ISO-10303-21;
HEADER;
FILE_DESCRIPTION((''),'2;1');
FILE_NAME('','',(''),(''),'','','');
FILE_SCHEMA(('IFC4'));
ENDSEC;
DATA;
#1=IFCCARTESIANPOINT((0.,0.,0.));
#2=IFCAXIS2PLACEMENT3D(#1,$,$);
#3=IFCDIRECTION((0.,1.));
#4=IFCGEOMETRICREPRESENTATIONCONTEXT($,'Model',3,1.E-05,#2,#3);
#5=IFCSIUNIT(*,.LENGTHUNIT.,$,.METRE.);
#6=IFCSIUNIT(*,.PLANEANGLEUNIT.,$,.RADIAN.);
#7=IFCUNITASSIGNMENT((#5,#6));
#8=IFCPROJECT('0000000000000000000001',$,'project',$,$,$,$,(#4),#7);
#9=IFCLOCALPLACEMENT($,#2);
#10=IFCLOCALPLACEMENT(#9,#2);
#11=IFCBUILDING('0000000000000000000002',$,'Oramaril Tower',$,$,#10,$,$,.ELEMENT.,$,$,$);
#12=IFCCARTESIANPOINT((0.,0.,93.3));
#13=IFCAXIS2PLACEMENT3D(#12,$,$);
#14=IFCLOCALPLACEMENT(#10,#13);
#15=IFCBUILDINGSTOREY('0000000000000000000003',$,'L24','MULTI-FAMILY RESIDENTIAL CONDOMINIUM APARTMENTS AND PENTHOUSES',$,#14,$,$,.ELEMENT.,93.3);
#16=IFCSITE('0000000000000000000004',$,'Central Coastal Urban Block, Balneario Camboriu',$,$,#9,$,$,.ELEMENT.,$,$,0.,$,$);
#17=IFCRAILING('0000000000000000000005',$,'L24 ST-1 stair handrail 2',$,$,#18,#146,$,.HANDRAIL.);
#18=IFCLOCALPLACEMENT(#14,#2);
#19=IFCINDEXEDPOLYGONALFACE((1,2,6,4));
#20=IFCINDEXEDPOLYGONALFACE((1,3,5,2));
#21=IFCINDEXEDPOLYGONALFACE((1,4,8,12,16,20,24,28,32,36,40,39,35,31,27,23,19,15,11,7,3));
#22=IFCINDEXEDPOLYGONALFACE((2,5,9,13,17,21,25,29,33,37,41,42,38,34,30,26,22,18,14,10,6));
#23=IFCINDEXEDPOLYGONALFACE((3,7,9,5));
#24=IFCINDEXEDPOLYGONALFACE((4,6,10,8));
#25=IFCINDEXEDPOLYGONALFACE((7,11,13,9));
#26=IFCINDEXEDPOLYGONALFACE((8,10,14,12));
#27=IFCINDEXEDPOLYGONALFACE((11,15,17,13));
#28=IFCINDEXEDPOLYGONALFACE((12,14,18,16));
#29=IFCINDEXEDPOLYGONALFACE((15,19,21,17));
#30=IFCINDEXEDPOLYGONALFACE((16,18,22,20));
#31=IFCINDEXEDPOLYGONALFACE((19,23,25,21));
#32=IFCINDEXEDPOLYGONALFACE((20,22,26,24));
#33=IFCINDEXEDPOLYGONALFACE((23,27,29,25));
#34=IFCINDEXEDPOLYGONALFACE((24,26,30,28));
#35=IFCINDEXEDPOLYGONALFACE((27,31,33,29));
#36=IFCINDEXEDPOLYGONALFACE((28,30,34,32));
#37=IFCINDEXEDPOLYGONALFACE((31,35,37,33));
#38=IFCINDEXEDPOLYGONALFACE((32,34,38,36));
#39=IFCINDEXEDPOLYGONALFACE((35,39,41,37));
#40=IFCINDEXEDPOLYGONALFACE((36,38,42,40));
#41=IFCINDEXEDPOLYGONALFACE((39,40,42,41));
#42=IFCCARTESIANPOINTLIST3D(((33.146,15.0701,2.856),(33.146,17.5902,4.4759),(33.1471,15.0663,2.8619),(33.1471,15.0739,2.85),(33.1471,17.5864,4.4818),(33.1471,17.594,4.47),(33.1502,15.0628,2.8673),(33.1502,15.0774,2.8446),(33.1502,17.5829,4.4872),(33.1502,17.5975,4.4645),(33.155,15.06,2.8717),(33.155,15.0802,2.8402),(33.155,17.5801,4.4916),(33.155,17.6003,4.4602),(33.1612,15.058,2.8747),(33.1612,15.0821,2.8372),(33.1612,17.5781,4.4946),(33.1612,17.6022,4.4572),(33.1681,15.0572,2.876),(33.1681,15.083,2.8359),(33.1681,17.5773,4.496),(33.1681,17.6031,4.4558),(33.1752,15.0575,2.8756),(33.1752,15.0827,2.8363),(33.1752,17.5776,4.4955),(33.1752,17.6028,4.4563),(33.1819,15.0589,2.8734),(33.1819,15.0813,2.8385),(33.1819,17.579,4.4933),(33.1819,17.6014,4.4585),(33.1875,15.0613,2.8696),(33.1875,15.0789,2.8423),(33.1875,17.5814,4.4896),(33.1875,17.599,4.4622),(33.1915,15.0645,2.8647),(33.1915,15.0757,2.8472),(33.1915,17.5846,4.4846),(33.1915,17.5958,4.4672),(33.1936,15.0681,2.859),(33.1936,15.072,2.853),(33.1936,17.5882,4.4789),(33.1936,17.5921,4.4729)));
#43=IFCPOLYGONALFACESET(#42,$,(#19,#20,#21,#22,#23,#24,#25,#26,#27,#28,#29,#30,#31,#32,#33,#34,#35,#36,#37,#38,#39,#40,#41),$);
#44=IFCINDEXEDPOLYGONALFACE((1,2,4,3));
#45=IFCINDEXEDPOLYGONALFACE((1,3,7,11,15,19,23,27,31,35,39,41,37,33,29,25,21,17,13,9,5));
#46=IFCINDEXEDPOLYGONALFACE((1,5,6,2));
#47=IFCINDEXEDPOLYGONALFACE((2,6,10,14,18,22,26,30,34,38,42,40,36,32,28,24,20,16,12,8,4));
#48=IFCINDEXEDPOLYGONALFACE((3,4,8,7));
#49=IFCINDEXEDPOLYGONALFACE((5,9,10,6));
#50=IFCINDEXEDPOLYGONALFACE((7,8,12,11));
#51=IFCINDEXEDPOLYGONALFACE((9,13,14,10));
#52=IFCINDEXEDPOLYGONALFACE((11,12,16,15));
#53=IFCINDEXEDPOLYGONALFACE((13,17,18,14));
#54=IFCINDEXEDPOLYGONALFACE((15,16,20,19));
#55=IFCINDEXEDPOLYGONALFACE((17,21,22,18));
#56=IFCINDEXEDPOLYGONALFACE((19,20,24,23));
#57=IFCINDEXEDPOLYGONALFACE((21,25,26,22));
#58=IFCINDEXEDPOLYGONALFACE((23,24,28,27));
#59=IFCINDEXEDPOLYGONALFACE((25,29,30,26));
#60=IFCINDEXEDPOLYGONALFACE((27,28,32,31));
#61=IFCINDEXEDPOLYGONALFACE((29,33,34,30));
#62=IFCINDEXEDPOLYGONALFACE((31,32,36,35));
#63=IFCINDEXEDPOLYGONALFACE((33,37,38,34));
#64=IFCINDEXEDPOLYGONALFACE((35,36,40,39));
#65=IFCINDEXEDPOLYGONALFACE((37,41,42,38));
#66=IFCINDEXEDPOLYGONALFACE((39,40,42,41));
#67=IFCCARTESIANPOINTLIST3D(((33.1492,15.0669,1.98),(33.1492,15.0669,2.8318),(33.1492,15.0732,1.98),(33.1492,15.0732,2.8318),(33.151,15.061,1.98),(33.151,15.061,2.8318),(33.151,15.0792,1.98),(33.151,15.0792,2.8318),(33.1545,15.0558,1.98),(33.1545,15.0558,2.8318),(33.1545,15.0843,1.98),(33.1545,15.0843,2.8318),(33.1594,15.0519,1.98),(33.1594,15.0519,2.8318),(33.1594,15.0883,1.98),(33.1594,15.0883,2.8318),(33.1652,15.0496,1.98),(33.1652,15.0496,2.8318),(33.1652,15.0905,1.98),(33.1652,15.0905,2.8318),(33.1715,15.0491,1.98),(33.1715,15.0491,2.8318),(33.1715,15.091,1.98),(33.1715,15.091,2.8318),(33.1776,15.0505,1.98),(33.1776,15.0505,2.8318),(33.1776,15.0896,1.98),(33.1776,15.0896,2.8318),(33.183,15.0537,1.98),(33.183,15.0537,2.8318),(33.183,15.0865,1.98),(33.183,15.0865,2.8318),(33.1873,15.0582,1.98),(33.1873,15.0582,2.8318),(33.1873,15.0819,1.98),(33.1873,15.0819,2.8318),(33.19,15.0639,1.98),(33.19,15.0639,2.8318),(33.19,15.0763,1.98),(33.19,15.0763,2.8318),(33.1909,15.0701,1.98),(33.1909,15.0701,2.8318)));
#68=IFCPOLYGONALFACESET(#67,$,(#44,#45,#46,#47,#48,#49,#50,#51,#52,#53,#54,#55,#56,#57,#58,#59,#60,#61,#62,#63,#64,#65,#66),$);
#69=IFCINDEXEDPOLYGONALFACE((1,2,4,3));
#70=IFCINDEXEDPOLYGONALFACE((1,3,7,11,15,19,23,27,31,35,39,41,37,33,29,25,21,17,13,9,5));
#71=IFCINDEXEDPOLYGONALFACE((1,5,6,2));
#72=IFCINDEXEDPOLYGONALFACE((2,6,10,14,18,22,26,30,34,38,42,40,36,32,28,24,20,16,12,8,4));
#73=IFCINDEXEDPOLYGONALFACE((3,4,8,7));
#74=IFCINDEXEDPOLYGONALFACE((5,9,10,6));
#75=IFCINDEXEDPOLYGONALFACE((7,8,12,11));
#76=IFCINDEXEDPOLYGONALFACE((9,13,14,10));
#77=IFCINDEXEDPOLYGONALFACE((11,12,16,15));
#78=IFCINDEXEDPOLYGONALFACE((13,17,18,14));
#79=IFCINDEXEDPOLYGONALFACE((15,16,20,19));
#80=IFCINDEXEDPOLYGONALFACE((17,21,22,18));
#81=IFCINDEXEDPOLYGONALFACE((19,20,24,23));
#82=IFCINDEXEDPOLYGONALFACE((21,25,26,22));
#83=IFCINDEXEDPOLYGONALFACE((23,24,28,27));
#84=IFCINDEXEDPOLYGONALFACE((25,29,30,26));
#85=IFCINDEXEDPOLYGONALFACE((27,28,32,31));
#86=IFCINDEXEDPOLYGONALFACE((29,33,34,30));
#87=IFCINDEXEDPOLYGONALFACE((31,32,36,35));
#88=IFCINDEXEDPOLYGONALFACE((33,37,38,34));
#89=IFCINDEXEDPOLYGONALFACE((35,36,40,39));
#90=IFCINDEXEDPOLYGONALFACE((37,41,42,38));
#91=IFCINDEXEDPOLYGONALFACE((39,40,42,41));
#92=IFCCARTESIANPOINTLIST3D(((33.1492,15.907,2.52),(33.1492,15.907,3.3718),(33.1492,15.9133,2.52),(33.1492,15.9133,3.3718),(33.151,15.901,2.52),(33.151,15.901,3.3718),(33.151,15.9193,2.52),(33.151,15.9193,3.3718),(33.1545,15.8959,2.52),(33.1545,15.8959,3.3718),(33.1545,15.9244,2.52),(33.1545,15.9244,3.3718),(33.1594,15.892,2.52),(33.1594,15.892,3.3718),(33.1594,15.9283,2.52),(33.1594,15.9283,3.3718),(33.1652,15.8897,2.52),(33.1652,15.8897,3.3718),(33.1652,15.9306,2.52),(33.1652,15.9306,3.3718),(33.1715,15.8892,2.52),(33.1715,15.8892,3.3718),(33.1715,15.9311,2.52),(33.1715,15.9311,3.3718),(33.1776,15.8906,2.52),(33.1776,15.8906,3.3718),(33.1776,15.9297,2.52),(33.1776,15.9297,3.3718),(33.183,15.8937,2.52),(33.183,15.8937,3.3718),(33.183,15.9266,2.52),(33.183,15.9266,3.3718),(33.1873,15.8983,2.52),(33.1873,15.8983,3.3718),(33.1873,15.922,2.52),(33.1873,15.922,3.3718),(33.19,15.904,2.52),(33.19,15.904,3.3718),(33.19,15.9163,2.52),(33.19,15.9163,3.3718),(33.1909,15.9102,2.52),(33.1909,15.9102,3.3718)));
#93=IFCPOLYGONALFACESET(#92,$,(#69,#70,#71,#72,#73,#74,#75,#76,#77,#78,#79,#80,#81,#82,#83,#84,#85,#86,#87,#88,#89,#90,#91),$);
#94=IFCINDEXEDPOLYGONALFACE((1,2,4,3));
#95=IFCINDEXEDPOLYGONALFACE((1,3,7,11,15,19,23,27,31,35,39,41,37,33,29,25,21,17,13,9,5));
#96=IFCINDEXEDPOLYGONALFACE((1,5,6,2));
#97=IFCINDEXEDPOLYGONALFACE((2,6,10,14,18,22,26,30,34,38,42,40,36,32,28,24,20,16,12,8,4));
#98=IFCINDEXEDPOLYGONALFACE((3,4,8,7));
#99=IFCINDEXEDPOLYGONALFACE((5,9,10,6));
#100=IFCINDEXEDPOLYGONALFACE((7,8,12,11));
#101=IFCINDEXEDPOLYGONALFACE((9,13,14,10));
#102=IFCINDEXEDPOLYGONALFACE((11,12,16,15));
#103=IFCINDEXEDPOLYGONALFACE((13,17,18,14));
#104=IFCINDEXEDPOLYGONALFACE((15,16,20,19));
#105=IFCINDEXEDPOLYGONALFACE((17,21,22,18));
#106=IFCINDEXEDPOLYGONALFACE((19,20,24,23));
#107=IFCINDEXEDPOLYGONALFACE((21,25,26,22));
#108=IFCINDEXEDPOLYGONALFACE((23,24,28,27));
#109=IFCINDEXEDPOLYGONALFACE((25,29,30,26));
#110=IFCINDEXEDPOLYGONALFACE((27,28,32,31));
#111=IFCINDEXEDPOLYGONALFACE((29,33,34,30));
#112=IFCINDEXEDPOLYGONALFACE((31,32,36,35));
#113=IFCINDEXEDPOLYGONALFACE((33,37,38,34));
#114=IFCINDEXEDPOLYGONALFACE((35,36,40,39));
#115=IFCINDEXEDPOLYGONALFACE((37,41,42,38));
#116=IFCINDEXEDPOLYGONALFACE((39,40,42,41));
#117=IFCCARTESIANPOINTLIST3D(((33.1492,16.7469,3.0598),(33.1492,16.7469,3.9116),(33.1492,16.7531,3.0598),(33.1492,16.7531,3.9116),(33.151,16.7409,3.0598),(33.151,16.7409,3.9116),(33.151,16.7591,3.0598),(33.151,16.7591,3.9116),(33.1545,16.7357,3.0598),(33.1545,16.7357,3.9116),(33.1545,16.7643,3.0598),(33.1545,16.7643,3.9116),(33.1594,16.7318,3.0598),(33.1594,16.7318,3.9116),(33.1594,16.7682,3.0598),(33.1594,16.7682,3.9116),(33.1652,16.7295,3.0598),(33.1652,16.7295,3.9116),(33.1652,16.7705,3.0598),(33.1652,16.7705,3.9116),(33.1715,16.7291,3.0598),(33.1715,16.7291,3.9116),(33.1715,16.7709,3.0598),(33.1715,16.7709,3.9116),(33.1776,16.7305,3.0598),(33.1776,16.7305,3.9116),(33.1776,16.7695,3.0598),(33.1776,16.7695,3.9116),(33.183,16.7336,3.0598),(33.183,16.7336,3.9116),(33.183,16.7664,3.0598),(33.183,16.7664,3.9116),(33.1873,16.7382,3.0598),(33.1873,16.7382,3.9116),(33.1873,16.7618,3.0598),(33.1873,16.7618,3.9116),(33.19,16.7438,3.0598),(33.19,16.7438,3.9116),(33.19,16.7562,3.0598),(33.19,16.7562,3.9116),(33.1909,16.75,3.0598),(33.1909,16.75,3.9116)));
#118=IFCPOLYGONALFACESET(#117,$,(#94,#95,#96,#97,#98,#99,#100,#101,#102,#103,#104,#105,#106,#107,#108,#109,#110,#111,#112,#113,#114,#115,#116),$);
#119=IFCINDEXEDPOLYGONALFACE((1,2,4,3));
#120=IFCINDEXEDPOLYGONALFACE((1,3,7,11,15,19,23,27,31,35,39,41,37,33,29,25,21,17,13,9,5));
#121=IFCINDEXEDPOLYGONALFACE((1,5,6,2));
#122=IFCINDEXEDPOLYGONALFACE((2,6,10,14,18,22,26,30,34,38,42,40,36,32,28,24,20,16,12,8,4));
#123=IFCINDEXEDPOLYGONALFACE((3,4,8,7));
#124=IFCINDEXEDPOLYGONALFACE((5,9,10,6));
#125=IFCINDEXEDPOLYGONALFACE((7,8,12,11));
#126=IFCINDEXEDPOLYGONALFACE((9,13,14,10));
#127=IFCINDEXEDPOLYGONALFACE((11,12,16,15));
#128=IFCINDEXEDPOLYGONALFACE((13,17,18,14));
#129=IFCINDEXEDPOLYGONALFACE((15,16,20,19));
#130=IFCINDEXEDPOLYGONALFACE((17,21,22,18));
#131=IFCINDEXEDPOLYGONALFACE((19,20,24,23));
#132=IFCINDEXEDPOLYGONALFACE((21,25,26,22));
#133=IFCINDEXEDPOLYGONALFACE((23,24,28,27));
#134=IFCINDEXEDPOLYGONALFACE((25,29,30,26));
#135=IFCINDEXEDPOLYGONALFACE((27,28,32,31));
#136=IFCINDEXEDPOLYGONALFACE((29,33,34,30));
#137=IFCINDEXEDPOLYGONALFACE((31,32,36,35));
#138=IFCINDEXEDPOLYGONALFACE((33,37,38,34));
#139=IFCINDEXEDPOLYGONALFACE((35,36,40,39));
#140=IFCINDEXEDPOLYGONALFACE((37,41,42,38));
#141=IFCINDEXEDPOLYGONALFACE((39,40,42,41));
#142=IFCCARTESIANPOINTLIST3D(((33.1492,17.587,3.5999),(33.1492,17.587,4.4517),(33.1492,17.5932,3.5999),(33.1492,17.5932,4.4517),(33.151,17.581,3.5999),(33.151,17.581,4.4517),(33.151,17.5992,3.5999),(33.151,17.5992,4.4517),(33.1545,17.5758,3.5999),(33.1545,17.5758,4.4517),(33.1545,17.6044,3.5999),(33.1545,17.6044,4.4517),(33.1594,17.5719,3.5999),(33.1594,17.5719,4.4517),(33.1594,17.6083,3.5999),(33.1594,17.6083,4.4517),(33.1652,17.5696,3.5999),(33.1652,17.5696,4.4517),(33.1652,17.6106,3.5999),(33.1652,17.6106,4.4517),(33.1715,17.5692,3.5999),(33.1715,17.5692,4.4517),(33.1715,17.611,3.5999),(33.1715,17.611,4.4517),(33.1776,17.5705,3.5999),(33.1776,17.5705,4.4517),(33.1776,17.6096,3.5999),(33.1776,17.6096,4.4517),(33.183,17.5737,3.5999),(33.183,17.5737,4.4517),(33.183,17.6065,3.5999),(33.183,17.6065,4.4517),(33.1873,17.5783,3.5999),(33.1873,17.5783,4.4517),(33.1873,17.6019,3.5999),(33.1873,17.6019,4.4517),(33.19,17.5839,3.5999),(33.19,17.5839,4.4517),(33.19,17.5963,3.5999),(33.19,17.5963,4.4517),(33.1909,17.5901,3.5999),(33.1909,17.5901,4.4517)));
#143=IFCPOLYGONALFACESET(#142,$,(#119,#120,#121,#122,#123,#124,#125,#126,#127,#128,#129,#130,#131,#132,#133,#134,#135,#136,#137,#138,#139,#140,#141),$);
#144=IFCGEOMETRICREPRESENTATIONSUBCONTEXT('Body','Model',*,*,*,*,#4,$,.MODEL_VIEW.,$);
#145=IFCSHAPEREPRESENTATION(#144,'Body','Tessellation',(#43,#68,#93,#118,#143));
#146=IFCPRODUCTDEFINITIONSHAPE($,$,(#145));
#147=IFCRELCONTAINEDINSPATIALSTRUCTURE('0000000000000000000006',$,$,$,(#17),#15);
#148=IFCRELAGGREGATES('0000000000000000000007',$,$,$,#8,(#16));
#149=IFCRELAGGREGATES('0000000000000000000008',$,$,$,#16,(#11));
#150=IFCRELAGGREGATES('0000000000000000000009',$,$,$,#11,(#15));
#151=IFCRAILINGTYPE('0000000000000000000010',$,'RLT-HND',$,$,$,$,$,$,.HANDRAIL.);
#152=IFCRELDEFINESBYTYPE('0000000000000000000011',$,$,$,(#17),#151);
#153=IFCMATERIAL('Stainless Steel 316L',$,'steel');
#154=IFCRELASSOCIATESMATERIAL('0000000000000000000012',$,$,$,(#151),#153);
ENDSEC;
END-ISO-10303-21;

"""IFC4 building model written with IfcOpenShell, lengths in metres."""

from ifc_helpers import new_model, si_unit, direction, frame, origin, origin_2d, place, context, subcontext, project, spatial, circle, extrude, material, type_object, element, save


model = new_model("IFC4")

# Units and contexts
model_context = context("Model", 3, precision=1e-05, world=origin(), true_north=direction((0.0, 1.0)))
body_context = subcontext(model_context, "Body", "Model", "MODEL_VIEW")
ifc_project = project(units=[si_unit("LENGTHUNIT", "METRE"), si_unit("PLANEANGLEUNIT", "RADIAN")], contexts=[model_context])

# Site, building, storey
site_placement = place(None, origin())
site = spatial("IfcSite", under=ifc_project, at=site_placement, Name="Central Coastal Urban Block, Balneario Camboriu", CompositionType="ELEMENT", RefElevation=0.0)
building_placement = place(site_placement, origin())
building = spatial("IfcBuilding", under=site, at=building_placement, Name="Oramaril Tower", CompositionType="ELEMENT")
storey_placement = place(building_placement, frame((0.0, 0.0, 93.3)))
storey = spatial("IfcBuildingStorey", under=building, at=storey_placement, Name="L24", Description="MULTI-FAMILY RESIDENTIAL CONDOMINIUM APARTMENTS AND PENTHOUSES", CompositionType="ELEMENT", Elevation=93.3)

# Railing
ifc_material_1 = material(Name="Stainless Steel 316L", Category="steel")
railing_type_1 = type_object("IfcRailingType", Name="RLT-HND", PredefinedType="HANDRAIL", material=ifc_material_1)
railing_1_placement = place(storey_placement, frame((33.1699, 15.0701, 1.98)))
element("IfcRailing", 1, at=railing_1_placement, inside=storey, type_object=railing_type_1, Name="L24 ST-1 stair handrail 2", PredefinedType="HANDRAIL", context=body_context, shape_type="SweptSolid", body=[
    extrude(circle(Radius=0.0239, at=origin_2d()), frame((0.0, 0.0, 0.876), z_axis=(0.0, 0.8412, 0.540725), x_axis=(-1.0, 0.0, 0.0)), (0.0, 0.0, 1.0), 2.9958),
    extrude(circle(Radius=0.021, at=origin_2d()), origin(), (0.0, 0.0, 1.0), 0.8518),
    extrude(circle(Radius=0.021, at=origin_2d()), frame((0.0, 0.8401, 0.54)), (0.0, 0.0, 1.0), 0.8518),
    extrude(circle(Radius=0.021, at=origin_2d()), frame((0.0, 1.6799, 1.0798)), (0.0, 0.0, 1.0), 0.8518),
    extrude(circle(Radius=0.021, at=origin_2d()), frame((0.0, 2.52, 1.6199)), (0.0, 0.0, 1.0), 0.8518),
])

save(model, "model.ifc")
